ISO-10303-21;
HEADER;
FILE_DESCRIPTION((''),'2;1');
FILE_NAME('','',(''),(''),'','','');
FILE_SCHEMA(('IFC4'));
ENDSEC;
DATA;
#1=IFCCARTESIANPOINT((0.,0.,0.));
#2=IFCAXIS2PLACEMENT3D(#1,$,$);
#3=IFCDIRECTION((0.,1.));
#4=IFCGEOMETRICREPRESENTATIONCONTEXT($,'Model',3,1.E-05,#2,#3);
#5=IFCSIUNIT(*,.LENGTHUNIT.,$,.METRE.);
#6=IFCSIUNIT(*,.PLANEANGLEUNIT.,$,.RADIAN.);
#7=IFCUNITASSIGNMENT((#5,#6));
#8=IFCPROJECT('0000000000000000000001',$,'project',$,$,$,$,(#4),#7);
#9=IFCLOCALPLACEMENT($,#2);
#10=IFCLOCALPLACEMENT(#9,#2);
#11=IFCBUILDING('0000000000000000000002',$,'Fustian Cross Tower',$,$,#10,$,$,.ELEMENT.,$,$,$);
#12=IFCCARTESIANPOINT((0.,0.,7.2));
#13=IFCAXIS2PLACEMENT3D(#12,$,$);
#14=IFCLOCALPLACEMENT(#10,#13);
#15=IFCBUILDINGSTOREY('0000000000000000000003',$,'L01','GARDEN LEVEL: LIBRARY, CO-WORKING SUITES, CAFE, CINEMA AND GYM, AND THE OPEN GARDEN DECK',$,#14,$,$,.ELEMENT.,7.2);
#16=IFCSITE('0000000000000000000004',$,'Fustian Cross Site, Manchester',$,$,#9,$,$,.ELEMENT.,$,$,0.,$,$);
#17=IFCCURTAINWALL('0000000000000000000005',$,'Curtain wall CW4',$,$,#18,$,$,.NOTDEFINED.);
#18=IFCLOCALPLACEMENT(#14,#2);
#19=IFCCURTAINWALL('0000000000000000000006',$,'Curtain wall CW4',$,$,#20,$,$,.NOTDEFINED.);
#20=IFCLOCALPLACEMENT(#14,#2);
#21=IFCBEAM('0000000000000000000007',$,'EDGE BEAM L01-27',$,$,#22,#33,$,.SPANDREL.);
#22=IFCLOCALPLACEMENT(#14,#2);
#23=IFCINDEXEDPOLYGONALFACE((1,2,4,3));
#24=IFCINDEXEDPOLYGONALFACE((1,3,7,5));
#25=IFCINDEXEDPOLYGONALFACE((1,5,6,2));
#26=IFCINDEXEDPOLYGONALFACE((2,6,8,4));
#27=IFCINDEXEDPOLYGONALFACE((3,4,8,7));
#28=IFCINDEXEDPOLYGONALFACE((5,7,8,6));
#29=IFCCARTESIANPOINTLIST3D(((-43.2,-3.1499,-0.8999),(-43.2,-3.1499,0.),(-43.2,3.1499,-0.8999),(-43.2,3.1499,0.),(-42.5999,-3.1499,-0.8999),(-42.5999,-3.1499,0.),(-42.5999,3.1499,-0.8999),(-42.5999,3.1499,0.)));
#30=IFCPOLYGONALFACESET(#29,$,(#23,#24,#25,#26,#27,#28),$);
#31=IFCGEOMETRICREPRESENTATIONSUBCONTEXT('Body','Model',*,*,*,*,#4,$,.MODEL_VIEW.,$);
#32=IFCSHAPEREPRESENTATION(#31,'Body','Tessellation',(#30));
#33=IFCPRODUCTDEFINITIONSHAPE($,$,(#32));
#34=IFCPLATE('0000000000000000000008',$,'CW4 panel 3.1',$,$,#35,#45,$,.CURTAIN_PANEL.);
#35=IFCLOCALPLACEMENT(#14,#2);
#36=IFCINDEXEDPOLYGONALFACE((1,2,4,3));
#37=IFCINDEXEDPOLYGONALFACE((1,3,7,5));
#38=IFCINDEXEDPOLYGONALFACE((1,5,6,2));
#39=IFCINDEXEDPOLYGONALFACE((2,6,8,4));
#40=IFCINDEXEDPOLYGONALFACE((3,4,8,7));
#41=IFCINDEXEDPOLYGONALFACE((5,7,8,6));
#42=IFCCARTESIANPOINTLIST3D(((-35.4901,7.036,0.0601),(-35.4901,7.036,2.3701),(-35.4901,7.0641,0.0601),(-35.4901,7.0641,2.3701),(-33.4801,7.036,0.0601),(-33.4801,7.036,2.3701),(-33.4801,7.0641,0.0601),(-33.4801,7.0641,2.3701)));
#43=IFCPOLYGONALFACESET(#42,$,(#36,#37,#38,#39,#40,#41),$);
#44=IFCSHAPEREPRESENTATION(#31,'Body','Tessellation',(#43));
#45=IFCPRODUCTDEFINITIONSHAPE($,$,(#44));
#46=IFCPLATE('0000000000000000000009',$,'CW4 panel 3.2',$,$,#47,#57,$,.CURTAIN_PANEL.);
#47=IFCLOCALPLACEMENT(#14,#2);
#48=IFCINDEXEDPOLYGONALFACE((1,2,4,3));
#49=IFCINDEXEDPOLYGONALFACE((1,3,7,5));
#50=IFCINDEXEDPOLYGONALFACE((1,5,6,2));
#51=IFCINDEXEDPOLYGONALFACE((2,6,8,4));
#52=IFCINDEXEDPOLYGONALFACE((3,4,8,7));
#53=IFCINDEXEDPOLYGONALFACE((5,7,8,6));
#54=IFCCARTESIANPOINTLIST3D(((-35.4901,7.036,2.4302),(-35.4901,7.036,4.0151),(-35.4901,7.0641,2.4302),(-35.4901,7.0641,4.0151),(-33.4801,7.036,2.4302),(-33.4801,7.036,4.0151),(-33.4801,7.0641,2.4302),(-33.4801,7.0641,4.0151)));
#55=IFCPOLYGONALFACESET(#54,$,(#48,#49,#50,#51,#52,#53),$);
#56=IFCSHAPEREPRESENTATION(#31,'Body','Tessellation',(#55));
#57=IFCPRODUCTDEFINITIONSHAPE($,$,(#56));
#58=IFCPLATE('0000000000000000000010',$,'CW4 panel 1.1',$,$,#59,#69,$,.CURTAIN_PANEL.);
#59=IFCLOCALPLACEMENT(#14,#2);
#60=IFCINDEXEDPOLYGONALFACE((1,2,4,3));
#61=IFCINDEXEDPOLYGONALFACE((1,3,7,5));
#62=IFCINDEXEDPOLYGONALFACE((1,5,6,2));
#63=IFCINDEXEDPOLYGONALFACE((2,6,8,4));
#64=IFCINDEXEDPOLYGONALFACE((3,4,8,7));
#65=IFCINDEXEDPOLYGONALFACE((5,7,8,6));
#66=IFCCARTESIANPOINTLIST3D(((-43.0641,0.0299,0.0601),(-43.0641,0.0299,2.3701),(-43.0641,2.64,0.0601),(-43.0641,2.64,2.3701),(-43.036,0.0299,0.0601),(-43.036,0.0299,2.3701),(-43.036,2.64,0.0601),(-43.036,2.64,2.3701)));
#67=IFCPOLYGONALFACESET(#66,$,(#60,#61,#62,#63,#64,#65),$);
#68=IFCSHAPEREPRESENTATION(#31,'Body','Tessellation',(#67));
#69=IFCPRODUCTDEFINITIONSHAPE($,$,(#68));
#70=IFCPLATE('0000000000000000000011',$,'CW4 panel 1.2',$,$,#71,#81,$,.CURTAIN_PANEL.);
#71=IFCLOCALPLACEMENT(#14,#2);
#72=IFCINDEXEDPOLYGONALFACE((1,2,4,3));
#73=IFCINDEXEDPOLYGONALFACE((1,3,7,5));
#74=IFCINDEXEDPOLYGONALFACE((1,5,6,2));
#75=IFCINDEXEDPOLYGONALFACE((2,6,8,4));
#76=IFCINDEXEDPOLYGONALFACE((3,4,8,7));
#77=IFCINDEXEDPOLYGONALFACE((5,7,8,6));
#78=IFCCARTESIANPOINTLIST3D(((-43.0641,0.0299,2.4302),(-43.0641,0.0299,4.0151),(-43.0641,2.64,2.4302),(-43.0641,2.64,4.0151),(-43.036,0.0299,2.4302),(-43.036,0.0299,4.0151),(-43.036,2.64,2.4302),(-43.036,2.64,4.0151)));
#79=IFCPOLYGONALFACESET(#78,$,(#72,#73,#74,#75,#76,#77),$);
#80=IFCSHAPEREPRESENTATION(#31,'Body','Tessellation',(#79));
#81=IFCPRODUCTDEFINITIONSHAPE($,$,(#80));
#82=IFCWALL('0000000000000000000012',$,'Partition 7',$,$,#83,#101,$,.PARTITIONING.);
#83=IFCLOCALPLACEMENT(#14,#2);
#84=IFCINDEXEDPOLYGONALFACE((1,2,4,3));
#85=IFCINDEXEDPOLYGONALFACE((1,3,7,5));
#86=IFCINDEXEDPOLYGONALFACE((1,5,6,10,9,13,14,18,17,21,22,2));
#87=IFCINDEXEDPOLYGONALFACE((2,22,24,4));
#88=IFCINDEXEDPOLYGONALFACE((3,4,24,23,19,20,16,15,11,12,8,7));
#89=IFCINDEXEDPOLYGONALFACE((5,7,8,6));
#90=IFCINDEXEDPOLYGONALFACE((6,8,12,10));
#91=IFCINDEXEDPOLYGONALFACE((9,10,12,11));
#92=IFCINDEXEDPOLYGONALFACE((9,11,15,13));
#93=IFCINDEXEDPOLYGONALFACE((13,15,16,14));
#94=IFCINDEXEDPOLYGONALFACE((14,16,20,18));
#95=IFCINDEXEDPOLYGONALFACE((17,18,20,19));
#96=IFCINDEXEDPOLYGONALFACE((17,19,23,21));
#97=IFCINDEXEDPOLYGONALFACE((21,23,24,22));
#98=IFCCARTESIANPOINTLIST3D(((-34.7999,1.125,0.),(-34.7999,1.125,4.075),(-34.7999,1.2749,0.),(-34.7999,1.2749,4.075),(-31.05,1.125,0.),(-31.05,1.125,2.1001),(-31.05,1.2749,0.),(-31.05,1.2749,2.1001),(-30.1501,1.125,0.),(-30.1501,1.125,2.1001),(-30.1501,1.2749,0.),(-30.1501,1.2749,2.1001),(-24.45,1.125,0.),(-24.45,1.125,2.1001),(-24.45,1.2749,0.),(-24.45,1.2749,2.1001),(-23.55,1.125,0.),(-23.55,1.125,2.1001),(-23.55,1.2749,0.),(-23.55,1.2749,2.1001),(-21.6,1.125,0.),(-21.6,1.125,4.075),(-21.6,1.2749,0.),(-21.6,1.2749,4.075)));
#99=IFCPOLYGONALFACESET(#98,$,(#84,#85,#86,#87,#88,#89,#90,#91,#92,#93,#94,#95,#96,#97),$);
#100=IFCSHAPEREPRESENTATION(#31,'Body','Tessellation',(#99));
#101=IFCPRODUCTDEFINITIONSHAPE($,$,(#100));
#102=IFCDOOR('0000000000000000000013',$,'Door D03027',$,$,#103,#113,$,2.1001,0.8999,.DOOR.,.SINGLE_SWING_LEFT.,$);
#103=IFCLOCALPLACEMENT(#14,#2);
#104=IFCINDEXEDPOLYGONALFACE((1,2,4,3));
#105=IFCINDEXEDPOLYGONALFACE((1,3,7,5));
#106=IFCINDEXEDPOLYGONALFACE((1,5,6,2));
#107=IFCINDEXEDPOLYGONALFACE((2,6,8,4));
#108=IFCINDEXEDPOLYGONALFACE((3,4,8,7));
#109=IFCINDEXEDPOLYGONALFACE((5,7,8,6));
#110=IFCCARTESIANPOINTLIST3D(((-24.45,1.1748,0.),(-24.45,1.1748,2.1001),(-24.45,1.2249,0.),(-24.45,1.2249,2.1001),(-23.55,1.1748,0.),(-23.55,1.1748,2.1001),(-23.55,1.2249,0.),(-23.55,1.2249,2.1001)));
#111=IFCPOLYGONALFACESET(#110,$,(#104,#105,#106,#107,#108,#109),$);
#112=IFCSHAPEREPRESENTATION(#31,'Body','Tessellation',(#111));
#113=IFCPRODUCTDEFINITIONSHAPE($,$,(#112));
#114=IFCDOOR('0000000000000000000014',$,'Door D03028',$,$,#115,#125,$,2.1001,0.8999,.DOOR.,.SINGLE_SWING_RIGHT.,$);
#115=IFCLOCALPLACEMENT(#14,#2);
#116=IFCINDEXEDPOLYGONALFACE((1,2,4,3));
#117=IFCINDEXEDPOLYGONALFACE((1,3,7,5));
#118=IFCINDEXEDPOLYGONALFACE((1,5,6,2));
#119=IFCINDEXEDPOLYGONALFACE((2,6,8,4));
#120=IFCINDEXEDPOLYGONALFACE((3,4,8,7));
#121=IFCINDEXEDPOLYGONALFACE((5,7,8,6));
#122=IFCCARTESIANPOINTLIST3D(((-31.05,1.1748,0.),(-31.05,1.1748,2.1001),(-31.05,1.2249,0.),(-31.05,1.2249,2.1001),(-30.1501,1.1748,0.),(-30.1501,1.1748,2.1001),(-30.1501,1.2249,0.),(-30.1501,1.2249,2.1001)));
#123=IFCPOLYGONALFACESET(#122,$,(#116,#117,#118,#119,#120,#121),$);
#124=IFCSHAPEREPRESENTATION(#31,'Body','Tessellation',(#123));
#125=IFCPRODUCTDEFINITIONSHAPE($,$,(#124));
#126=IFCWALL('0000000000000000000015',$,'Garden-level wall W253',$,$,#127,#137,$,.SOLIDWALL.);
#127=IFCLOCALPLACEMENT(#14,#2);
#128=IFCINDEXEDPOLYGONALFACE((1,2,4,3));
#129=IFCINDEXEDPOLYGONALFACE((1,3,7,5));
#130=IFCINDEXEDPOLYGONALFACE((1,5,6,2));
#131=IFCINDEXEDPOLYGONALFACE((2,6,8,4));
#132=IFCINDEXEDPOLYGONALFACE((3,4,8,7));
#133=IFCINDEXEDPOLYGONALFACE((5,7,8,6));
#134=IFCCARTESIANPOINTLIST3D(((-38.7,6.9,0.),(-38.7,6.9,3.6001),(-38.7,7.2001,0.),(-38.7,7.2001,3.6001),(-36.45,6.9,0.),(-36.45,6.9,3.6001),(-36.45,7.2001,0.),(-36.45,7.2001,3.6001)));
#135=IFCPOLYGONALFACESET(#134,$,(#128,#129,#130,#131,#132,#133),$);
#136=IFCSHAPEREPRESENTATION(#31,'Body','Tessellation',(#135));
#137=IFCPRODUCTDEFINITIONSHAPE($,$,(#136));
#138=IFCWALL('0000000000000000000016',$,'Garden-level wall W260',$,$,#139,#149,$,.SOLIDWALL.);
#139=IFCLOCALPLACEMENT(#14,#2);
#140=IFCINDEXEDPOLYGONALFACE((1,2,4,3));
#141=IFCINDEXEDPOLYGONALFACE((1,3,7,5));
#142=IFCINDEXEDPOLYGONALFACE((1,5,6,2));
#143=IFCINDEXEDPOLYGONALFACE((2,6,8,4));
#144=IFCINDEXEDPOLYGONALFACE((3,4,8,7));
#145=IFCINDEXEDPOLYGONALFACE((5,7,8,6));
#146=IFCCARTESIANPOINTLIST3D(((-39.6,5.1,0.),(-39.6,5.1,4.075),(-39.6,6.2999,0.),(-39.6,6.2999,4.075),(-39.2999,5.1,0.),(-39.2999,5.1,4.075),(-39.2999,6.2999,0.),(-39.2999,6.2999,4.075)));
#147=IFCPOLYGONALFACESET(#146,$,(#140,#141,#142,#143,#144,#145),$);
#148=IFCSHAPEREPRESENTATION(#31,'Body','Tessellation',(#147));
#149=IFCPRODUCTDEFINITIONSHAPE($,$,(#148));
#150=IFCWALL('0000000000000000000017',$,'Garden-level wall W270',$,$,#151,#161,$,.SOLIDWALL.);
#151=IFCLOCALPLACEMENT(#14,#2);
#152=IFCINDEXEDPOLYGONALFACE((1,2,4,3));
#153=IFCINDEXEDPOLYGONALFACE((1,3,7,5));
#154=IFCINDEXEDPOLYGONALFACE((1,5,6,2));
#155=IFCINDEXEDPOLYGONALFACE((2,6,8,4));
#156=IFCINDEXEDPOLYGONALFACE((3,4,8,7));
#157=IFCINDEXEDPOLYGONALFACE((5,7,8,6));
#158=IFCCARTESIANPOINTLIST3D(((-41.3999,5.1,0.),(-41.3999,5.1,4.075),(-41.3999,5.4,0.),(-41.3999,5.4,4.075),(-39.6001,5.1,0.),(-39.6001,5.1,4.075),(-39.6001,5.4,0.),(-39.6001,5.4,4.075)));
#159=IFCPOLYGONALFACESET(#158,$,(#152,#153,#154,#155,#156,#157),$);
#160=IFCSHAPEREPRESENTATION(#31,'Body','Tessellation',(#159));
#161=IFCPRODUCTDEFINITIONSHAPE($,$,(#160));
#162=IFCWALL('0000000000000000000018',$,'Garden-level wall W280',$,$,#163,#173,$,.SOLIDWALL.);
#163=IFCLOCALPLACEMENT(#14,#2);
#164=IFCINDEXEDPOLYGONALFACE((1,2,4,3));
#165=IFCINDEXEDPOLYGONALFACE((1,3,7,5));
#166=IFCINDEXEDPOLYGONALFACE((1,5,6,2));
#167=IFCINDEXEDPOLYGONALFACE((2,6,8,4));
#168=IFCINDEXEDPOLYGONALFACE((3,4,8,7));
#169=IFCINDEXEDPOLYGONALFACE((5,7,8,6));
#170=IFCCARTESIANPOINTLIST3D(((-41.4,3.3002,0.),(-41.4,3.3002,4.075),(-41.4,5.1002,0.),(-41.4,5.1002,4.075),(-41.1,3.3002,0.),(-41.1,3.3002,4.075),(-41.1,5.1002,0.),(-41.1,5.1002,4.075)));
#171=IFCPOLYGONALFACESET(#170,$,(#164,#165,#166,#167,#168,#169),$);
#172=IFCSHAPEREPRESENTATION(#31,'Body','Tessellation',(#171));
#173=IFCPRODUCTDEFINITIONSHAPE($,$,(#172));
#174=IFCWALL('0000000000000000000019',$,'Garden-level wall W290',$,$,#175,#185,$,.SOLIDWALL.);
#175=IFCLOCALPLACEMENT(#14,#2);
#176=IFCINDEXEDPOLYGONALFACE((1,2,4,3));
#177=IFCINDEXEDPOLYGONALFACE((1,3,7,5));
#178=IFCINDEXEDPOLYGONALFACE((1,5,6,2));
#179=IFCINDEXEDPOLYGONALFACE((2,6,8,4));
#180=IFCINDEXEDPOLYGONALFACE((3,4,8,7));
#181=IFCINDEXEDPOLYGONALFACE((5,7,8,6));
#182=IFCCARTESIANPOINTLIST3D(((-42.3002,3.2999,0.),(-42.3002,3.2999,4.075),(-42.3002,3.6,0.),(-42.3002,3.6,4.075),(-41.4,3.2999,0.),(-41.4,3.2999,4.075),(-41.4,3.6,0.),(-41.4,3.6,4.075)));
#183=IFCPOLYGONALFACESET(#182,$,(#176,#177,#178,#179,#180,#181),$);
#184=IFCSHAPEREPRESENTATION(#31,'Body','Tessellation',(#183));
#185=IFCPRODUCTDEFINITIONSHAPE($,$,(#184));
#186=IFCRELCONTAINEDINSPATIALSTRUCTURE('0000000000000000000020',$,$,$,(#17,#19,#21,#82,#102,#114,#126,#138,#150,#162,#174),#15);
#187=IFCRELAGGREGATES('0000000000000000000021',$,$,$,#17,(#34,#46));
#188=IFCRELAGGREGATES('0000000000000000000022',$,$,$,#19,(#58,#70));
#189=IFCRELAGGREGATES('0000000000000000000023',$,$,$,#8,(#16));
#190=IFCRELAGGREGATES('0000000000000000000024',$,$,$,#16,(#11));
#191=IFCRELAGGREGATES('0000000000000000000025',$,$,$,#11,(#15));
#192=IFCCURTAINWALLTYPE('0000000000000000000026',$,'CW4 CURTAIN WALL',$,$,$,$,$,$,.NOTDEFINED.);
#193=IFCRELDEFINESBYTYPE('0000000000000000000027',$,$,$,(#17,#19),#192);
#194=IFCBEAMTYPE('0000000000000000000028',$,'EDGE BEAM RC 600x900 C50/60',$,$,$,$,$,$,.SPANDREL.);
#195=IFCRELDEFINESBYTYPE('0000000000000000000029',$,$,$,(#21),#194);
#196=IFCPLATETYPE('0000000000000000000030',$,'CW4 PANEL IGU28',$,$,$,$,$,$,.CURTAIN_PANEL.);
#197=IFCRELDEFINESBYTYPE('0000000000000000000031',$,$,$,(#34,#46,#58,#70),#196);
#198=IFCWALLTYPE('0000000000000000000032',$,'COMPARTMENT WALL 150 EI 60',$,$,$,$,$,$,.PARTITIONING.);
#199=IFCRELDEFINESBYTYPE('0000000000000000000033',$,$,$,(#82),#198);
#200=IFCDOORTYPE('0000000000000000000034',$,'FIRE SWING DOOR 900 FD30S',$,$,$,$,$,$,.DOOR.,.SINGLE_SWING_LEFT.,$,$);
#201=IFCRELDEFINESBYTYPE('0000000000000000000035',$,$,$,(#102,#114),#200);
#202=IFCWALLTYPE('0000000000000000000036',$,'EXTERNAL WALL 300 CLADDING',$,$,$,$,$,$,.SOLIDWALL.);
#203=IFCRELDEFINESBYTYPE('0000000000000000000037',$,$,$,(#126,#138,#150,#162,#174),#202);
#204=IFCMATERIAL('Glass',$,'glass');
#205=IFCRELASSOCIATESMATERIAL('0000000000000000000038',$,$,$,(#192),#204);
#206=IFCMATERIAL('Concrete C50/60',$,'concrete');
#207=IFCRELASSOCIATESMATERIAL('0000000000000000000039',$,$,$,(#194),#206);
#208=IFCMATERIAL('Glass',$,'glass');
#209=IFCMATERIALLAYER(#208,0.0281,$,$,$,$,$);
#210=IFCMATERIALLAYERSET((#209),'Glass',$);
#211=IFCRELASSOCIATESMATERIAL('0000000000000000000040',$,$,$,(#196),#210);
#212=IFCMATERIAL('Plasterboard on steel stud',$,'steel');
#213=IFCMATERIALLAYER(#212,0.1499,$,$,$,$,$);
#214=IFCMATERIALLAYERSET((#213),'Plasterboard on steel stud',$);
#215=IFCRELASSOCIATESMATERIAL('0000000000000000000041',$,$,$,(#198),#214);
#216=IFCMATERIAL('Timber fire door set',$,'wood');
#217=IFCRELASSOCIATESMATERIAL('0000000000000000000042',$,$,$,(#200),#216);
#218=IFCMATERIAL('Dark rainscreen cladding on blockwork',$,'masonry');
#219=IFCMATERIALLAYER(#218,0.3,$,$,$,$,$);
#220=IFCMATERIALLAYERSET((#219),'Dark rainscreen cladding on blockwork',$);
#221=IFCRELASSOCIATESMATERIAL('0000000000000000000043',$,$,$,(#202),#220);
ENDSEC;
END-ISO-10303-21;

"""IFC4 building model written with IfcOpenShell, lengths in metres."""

from ifc_helpers import new_model, si_unit, direction, frame, frame_2d, origin, origin_2d, place, context, subcontext, project, spatial, rectangle, extrude, material, layer, layer_set, material_profile, profile_set, type_object, element, fill, aggregate, save


model = new_model("IFC4")

# Units and contexts
model_context = context("Model", 3, precision=1e-05, world=origin(), true_north=direction((0.0, 1.0)))
body_context = subcontext(model_context, "Body", "Model", "MODEL_VIEW")
ifc_project = project(units=[si_unit("LENGTHUNIT", "METRE"), si_unit("PLANEANGLEUNIT", "RADIAN")], contexts=[model_context])

# Site, building, storey
site_placement = place(None, origin())
site = spatial("IfcSite", under=ifc_project, at=site_placement, Name="Fustian Cross Site, Manchester", CompositionType="ELEMENT", RefElevation=0.0)
building_placement = place(site_placement, origin())
building = spatial("IfcBuilding", under=site, at=building_placement, Name="Fustian Cross Tower", CompositionType="ELEMENT")
storey_placement = place(building_placement, frame((0.0, 0.0, 7.2)))
storey = spatial("IfcBuildingStorey", under=building, at=storey_placement, Name="L01", Description="GARDEN LEVEL: LIBRARY, CO-WORKING SUITES, CAFE, CINEMA AND GYM, AND THE OPEN GARDEN DECK", CompositionType="ELEMENT", Elevation=7.2)

# Curtain wall
ifc_material_1 = material(Name="Glass", Category="glass")
curtain_wall_type = type_object("IfcCurtainWallType", Name="CW4 CURTAIN WALL", PredefinedType="NOTDEFINED", material=ifc_material_1)
curtain_wall_1_placement = place(storey_placement, origin())
curtain_wall_1 = element("IfcCurtainWall", 1, at=curtain_wall_1_placement, inside=storey, type_object=curtain_wall_type, Name="Curtain wall CW4", PredefinedType="NOTDEFINED")

# Curtain wall
curtain_wall_2_placement = place(storey_placement, origin())
curtain_wall_2 = element("IfcCurtainWall", 2, at=curtain_wall_2_placement, inside=storey, type_object=curtain_wall_type, Name="Curtain wall CW4", PredefinedType="NOTDEFINED")

# Beam
ifc_material_2 = material(Name="Concrete C50/60", Category="concrete")
ifc_material_profile_1 = material_profile(ifc_material_2, rectangle(XDim=0.6001, YDim=0.8999, at=origin_2d()), Name="RC 600x900")
ifc_profile_set_1 = profile_set([ifc_material_profile_1], Name="Concrete C50/60")
beam_type = type_object("IfcBeamType", Name="EDGE BEAM RC 600x900 C50/60", PredefinedType="SPANDREL", material=ifc_profile_set_1)
beam_1_placement = place(storey_placement, frame((-42.8999, 3.1499, -0.45), z_axis=(0.0, -1.0, 0.0), x_axis=(1.0, 0.0, 0.0)))
element("IfcBeam", 3, at=beam_1_placement, inside=storey, type_object=beam_type, Name="EDGE BEAM L01-27", PredefinedType="SPANDREL", context=body_context, shape_type="SweptSolid", body=[
    extrude(rectangle(XDim=0.6001, YDim=0.8999, at=origin_2d()), origin(), (0.0, 0.0, 1.0), 6.2998),
])

# Plates
ifc_material_3 = material(Name="Glass", Category="glass")
ifc_layer_1 = layer(ifc_material_3, 0.0281)
ifc_layer_set_1 = layer_set([ifc_layer_1], Name="Glass")
plate_type = type_object("IfcPlateType", Name="CW4 PANEL IGU28", PredefinedType="CURTAIN_PANEL", material=ifc_layer_set_1)
plate_1_placement = place(storey_placement, frame((-34.4851, 7.05, 0.0601), z_axis=(0.0, 0.0, 1.0), x_axis=(-1.0, 0.0, 0.0)))
plate_1 = element("IfcPlate", 4, at=plate_1_placement, type_object=plate_type, Name="CW4 panel 3.1", PredefinedType="CURTAIN_PANEL", context=body_context, shape_type="SweptSolid", body=[
    extrude(rectangle(XDim=2.01, YDim=0.0281, at=origin_2d()), origin(), (0.0, 0.0, 1.0), 2.3101),
])
plate_2_placement = place(storey_placement, frame((-34.4851, 7.05, 2.4302), z_axis=(0.0, 0.0, 1.0), x_axis=(-1.0, 0.0, 0.0)))
plate_2 = element("IfcPlate", 5, at=plate_2_placement, type_object=plate_type, Name="CW4 panel 3.2", PredefinedType="CURTAIN_PANEL", context=body_context, shape_type="SweptSolid", body=[
    extrude(rectangle(XDim=2.01, YDim=0.0281, at=origin_2d()), origin(), (0.0, 0.0, 1.0), 1.585),
])
aggregate(curtain_wall_1, [plate_1, plate_2])
plate_3_placement = place(storey_placement, frame((-43.05, 1.335, 0.0601), z_axis=(0.0, 0.0, 1.0), x_axis=(0.0, -1.0, 0.0)))
plate_3 = element("IfcPlate", 6, at=plate_3_placement, type_object=plate_type, Name="CW4 panel 1.1", PredefinedType="CURTAIN_PANEL", context=body_context, shape_type="SweptSolid", body=[
    extrude(rectangle(XDim=2.6101, YDim=0.0281, at=origin_2d()), origin(), (0.0, 0.0, 1.0), 2.3101),
])
plate_4_placement = place(storey_placement, frame((-43.05, 1.335, 2.4302), z_axis=(0.0, 0.0, 1.0), x_axis=(0.0, -1.0, 0.0)))
plate_4 = element("IfcPlate", 7, at=plate_4_placement, type_object=plate_type, Name="CW4 panel 1.2", PredefinedType="CURTAIN_PANEL", context=body_context, shape_type="SweptSolid", body=[
    extrude(rectangle(XDim=2.6101, YDim=0.0281, at=origin_2d()), origin(), (0.0, 0.0, 1.0), 1.585),
])
aggregate(curtain_wall_2, [plate_3, plate_4])

# Wall, openings, doors
ifc_material_4 = material(Name="Plasterboard on steel stud", Category="steel")
ifc_layer_2 = layer(ifc_material_4, 0.1499)
ifc_layer_set_2 = layer_set([ifc_layer_2], Name="Plasterboard on steel stud")
wall_type_1 = type_object("IfcWallType", Name="COMPARTMENT WALL 150 EI 60", PredefinedType="PARTITIONING", material=ifc_layer_set_2)
wall_1_placement = place(storey_placement, frame((-34.8, 1.2, 0.0), z_axis=(0.0, 0.0, 1.0), x_axis=(1.0, 0.0, 0.0)))
wall_1 = element("IfcWall", 8, at=wall_1_placement, inside=storey, type_object=wall_type_1, Name="Partition 7", PredefinedType="PARTITIONING", context=body_context, shape_type="SweptSolid", body=[
    extrude(rectangle(XDim=13.2, YDim=0.1499, at=frame_2d((6.6001, 0.0))), origin(), (0.0, 0.0, 1.0), 4.075),
])
opening_1_placement = place(wall_1_placement, frame((10.3501, 0.0, 0.0)))
opening_1 = element("IfcOpeningElement", 9, at=opening_1_placement, cuts=wall_1, PredefinedType="OPENING", context=body_context, shape_type="SweptSolid", body=[
    extrude(rectangle(XDim=0.8999, YDim=2.1001, at=frame_2d((0.45, 1.05))), frame((0.0, 0.085, 0.0), z_axis=(0.0, -1.0, 0.0), x_axis=(1.0, 0.0, 0.0)), (0.0, 0.0, 1.0), 0.1699),
])
opening_2_placement = place(wall_1_placement, frame((3.75, 0.0, 0.0)))
opening_2 = element("IfcOpeningElement", 10, at=opening_2_placement, cuts=wall_1, PredefinedType="OPENING", context=body_context, shape_type="SweptSolid", body=[
    extrude(rectangle(XDim=0.8999, YDim=2.1001, at=frame_2d((0.45, 1.05))), frame((0.0, 0.085, 0.0), z_axis=(0.0, -1.0, 0.0), x_axis=(1.0, 0.0, 0.0)), (0.0, 0.0, 1.0), 0.1699),
])
ifc_material_5 = material(Name="Timber fire door set", Category="wood")
door_type = type_object("IfcDoorType", Name="FIRE SWING DOOR 900 FD30S", OperationType="SINGLE_SWING_LEFT", PredefinedType="DOOR", material=ifc_material_5)
door_1_placement = place(opening_1_placement, origin())
door_1 = element("IfcDoor", 11, at=door_1_placement, inside=storey, type_object=door_type, Name="Door D03027", OperationType="SINGLE_SWING_LEFT", OverallHeight=2.1001, OverallWidth=0.8999, PredefinedType="DOOR", context=body_context, shape_type="SweptSolid", body=[
    extrude(rectangle(XDim=0.8999, YDim=2.1001, at=frame_2d((0.45, 1.05))), frame((0.0, 0.0249, 0.0), z_axis=(0.0, -1.0, 0.0), x_axis=(1.0, 0.0, 0.0)), (0.0, 0.0, 1.0), 0.05),
])
fill(opening_1, door_1)
door_2_placement = place(opening_2_placement, origin())
door_2 = element("IfcDoor", 12, at=door_2_placement, inside=storey, type_object=door_type, Name="Door D03028", OperationType="SINGLE_SWING_RIGHT", OverallHeight=2.1001, OverallWidth=0.8999, PredefinedType="DOOR", context=body_context, shape_type="SweptSolid", body=[
    extrude(rectangle(XDim=0.8999, YDim=2.1001, at=frame_2d((0.45, 1.05))), frame((0.0, 0.0249, 0.0), z_axis=(0.0, -1.0, 0.0), x_axis=(1.0, 0.0, 0.0)), (0.0, 0.0, 1.0), 0.05),
])
fill(opening_2, door_2)

# Walls
ifc_material_6 = material(Name="Dark rainscreen cladding on blockwork", Category="masonry")
ifc_layer_3 = layer(ifc_material_6, 0.3)
ifc_layer_set_3 = layer_set([ifc_layer_3], Name="Dark rainscreen cladding on blockwork")
wall_type_2 = type_object("IfcWallType", Name="EXTERNAL WALL 300 CLADDING", PredefinedType="SOLIDWALL", material=ifc_layer_set_3)
wall_2_placement = place(storey_placement, frame((-36.45, 7.05, 0.0), z_axis=(0.0, 0.0, 1.0), x_axis=(-1.0, 0.0, 0.0)))
element("IfcWall", 13, at=wall_2_placement, inside=storey, type_object=wall_type_2, Name="Garden-level wall W253", PredefinedType="SOLIDWALL", context=body_context, shape_type="SweptSolid", body=[
    extrude(rectangle(XDim=2.25, YDim=0.3, at=frame_2d((1.125, 0.0))), origin(), (0.0, 0.0, 1.0), 3.6001),
])
wall_3_placement = place(storey_placement, frame((-39.45, 6.3, 0.0), z_axis=(0.0, 0.0, 1.0), x_axis=(0.0, -1.0, 0.0)))
element("IfcWall", 14, at=wall_3_placement, inside=storey, type_object=wall_type_2, Name="Garden-level wall W260", PredefinedType="SOLIDWALL", context=body_context, shape_type="SweptSolid", body=[
    extrude(rectangle(XDim=1.2, YDim=0.3, at=frame_2d((0.6001, 0.0))), origin(), (0.0, 0.0, 1.0), 4.075),
])
wall_4_placement = place(storey_placement, frame((-39.6001, 5.25, 0.0), z_axis=(0.0, 0.0, 1.0), x_axis=(-1.0, 0.0, 0.0)))
element("IfcWall", 15, at=wall_4_placement, inside=storey, type_object=wall_type_2, Name="Garden-level wall W270", PredefinedType="SOLIDWALL", context=body_context, shape_type="SweptSolid", body=[
    extrude(rectangle(XDim=1.7998, YDim=0.3, at=frame_2d((0.8999, 0.0))), origin(), (0.0, 0.0, 1.0), 4.075),
])
wall_5_placement = place(storey_placement, frame((-41.25, 5.1001, 0.0), z_axis=(0.0, 0.0, 1.0), x_axis=(0.0, -1.0, 0.0)))
element("IfcWall", 16, at=wall_5_placement, inside=storey, type_object=wall_type_2, Name="Garden-level wall W280", PredefinedType="SOLIDWALL", context=body_context, shape_type="SweptSolid", body=[
    extrude(rectangle(XDim=1.8, YDim=0.3, at=frame_2d((0.8999, 0.0))), origin(), (0.0, 0.0, 1.0), 4.075),
])
wall_6_placement = place(storey_placement, frame((-41.3999, 3.45, 0.0), z_axis=(0.0, 0.0, 1.0), x_axis=(-1.0, 0.0, 0.0)))
element("IfcWall", 17, at=wall_6_placement, inside=storey, type_object=wall_type_2, Name="Garden-level wall W290", PredefinedType="SOLIDWALL", context=body_context, shape_type="SweptSolid", body=[
    extrude(rectangle(XDim=0.9001, YDim=0.3, at=frame_2d((0.4502, 0.0))), origin(), (0.0, 0.0, 1.0), 4.075),
])

save(model, "model.ifc")
